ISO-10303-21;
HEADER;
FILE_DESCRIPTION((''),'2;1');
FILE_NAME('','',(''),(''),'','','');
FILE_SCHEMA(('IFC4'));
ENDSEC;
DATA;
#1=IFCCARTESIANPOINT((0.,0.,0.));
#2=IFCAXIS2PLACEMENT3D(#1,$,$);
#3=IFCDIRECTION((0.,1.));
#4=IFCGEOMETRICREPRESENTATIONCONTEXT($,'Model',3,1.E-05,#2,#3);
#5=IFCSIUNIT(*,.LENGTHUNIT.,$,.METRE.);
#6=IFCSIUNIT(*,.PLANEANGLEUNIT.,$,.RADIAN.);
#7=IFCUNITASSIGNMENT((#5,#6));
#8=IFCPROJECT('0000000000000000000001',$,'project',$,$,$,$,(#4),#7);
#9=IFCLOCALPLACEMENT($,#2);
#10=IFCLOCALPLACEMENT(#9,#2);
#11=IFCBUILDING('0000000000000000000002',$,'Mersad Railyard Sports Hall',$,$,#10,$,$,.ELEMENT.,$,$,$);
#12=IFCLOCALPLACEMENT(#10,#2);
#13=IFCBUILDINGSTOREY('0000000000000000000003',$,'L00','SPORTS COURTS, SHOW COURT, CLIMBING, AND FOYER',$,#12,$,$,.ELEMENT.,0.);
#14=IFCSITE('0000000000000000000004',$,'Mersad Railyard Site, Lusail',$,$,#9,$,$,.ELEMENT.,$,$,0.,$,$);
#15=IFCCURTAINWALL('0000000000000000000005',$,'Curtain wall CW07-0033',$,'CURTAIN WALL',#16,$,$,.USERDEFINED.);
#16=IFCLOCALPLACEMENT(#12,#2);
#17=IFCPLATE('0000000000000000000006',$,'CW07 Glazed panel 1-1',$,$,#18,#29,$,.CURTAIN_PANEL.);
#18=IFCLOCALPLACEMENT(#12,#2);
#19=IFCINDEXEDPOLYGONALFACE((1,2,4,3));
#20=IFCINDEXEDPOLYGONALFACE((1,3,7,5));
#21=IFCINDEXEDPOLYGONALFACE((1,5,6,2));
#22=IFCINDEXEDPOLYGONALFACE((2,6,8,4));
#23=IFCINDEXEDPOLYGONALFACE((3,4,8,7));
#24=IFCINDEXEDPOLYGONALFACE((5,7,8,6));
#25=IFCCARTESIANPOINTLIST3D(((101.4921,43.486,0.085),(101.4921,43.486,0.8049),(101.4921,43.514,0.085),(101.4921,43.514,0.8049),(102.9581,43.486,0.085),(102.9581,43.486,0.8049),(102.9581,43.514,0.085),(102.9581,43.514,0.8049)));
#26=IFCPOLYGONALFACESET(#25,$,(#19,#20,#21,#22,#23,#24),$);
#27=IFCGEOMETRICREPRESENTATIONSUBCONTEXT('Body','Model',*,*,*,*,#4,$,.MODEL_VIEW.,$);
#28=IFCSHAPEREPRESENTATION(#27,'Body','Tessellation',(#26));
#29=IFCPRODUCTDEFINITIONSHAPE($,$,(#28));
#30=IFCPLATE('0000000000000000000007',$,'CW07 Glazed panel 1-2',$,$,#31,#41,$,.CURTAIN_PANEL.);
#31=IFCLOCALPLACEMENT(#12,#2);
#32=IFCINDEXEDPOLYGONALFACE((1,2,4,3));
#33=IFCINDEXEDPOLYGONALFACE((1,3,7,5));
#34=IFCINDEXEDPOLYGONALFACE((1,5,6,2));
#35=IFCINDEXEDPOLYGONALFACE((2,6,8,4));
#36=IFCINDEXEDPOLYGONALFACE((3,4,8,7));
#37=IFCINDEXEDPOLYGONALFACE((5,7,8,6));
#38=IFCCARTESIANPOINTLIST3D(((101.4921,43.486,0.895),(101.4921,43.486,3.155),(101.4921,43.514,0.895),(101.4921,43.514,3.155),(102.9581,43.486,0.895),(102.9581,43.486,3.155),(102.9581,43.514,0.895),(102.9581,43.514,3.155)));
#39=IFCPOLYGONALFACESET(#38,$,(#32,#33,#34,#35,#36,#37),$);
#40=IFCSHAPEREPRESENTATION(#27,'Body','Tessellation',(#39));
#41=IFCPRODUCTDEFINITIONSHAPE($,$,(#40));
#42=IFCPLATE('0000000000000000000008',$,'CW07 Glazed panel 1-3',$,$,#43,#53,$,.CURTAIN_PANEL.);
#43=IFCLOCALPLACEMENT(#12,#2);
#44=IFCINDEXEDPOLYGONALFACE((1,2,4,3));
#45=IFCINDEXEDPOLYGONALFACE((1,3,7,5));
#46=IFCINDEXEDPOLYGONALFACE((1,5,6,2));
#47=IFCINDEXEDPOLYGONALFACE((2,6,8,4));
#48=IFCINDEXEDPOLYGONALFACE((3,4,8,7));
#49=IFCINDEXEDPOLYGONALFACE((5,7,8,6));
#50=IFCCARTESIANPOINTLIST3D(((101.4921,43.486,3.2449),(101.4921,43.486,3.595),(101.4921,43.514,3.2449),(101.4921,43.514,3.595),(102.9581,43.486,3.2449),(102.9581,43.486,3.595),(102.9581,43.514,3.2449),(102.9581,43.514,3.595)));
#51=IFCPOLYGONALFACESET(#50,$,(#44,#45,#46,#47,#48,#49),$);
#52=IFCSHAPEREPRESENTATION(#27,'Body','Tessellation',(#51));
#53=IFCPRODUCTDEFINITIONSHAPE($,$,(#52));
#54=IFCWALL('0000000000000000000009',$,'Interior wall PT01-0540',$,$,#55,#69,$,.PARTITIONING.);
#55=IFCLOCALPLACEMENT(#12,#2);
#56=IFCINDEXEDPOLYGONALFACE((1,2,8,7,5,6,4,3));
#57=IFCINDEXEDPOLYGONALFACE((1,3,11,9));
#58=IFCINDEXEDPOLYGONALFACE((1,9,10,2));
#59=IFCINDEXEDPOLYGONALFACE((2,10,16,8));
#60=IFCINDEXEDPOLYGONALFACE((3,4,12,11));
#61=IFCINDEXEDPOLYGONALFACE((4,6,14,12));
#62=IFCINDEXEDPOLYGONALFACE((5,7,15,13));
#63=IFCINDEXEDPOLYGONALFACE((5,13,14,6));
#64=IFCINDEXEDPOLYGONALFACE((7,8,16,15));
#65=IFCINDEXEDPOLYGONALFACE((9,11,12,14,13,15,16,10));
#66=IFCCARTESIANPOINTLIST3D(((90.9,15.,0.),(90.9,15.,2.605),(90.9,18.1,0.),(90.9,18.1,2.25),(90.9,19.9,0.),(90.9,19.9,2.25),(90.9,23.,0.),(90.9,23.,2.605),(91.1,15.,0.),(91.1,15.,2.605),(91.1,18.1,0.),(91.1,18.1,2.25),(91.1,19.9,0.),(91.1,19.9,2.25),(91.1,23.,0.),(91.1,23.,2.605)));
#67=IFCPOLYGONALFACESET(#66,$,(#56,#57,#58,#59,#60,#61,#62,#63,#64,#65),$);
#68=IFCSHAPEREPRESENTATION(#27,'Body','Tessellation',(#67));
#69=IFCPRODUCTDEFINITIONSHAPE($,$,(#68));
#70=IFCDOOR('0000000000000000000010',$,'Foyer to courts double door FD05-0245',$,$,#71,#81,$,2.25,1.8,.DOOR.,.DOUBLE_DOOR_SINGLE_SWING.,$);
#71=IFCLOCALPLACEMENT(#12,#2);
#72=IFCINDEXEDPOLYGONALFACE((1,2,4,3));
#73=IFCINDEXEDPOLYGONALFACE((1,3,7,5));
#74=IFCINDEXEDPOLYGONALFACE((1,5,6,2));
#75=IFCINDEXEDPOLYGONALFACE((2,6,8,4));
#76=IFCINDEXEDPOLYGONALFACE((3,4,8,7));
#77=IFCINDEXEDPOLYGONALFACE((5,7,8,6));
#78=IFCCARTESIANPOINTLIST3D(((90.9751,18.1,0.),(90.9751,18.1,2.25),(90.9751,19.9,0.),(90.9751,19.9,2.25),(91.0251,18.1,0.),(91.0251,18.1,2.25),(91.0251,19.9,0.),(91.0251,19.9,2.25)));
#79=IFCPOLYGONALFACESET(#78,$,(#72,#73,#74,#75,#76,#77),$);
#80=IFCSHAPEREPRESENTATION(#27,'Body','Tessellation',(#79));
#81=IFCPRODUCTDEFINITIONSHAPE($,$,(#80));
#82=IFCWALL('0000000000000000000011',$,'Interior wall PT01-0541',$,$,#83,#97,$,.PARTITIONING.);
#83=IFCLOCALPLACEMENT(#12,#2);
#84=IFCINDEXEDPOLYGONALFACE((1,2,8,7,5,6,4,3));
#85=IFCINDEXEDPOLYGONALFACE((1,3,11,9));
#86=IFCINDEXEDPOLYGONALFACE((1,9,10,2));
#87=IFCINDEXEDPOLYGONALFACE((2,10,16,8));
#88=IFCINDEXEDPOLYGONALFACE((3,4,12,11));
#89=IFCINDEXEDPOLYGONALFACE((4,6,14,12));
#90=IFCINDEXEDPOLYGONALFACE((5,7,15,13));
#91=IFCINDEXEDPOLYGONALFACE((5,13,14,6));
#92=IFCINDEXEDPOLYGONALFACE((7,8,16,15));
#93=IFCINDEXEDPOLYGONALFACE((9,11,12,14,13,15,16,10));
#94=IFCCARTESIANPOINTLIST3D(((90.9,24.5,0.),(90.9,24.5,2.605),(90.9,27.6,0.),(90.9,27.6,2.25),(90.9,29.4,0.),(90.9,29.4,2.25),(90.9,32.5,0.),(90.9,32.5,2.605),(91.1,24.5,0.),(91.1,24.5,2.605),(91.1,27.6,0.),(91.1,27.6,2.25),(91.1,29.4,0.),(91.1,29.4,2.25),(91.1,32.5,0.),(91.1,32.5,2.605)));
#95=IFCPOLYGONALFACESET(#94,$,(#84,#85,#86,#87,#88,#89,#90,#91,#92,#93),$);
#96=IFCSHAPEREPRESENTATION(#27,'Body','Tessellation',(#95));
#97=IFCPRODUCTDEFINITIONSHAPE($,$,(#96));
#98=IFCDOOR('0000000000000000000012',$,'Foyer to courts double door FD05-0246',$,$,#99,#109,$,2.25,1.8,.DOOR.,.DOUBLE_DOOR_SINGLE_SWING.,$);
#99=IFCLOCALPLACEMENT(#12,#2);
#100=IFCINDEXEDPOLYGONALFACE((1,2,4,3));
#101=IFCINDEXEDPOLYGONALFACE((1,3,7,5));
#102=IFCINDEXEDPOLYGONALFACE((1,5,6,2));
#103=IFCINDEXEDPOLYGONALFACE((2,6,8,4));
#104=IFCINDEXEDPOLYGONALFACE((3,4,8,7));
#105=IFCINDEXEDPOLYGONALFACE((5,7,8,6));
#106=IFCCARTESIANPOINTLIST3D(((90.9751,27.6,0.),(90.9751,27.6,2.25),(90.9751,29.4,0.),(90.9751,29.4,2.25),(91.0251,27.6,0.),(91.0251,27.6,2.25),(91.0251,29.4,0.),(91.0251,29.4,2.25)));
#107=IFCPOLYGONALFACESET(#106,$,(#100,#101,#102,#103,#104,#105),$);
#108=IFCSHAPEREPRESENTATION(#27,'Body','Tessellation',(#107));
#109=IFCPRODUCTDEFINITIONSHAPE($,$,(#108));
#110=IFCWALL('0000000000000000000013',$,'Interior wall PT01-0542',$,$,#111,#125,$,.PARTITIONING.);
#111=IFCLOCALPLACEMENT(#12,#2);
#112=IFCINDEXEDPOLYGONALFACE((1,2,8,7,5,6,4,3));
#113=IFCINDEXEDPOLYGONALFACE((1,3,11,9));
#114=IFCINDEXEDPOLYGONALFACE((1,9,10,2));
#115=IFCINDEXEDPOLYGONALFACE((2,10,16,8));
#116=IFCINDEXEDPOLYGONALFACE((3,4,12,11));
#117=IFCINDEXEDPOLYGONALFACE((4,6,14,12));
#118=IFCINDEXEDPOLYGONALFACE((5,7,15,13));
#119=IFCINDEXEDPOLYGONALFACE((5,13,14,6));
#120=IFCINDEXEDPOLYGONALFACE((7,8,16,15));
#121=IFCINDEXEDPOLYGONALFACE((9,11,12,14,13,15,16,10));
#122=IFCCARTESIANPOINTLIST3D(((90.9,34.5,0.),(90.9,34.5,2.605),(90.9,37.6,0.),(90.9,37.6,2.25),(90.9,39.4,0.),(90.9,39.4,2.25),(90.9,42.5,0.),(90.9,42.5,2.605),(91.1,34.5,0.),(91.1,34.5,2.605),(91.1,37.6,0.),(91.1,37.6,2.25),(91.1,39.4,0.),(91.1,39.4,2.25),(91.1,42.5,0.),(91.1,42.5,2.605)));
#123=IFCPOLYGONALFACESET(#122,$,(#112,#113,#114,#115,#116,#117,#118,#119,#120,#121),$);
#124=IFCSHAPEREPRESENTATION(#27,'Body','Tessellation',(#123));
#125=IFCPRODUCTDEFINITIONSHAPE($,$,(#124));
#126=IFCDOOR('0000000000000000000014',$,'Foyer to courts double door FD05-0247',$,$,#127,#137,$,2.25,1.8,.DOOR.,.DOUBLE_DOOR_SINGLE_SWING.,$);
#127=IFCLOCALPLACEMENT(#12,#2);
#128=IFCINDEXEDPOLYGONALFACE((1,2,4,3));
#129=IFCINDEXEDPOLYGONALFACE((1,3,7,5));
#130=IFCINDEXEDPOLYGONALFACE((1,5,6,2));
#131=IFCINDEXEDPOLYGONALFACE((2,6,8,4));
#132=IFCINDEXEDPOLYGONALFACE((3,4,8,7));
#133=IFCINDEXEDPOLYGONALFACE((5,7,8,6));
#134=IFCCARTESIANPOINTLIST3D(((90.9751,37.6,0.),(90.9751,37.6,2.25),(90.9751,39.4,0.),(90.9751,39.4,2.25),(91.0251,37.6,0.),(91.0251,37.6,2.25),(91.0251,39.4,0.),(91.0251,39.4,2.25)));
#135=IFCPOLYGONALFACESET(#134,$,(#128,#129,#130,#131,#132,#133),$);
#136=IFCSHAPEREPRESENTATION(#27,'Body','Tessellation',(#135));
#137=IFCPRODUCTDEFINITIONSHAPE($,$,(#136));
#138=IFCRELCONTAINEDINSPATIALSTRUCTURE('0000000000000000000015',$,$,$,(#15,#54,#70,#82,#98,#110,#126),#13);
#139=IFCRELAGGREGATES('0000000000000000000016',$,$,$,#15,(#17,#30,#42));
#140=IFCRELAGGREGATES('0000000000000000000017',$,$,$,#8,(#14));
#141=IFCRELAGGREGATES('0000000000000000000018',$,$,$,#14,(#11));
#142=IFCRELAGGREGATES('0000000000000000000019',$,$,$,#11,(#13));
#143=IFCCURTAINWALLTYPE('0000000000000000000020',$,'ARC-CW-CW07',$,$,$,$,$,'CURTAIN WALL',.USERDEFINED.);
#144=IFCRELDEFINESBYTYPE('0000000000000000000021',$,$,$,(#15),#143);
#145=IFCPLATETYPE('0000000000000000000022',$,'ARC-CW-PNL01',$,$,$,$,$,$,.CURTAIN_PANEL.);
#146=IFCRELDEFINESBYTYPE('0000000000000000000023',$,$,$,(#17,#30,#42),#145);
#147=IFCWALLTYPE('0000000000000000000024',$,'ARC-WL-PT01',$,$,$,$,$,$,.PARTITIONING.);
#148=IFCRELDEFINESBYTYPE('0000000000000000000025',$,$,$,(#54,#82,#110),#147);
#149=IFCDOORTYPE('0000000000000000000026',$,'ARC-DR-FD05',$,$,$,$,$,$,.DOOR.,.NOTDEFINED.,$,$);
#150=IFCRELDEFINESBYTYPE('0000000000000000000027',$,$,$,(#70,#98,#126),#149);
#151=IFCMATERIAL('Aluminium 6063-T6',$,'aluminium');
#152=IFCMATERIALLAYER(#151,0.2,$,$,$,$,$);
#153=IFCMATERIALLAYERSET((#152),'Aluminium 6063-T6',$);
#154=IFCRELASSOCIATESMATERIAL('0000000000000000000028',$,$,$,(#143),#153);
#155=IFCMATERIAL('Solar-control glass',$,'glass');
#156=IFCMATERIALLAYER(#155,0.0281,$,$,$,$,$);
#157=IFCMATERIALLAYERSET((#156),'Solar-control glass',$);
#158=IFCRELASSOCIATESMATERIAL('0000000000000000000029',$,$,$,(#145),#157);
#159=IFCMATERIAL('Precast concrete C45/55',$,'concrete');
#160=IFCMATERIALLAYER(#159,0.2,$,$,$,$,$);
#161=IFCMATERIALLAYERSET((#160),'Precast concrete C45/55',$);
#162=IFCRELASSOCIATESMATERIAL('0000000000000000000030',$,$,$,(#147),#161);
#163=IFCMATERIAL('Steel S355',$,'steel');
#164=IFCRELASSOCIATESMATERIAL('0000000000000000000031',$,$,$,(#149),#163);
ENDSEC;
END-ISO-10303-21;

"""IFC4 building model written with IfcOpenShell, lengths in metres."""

from ifc_helpers import new_model, si_unit, direction, frame, frame_2d, origin, origin_2d, place, context, subcontext, project, spatial, rectangle, extrude, material, layer, layer_set, type_object, element, fill, aggregate, save


model = new_model("IFC4")

# Units and contexts
model_context = context("Model", 3, precision=1e-05, world=origin(), true_north=direction((0.0, 1.0)))
body_context = subcontext(model_context, "Body", "Model", "MODEL_VIEW")
ifc_project = project(units=[si_unit("LENGTHUNIT", "METRE"), si_unit("PLANEANGLEUNIT", "RADIAN")], contexts=[model_context])

# Site, building, storey
site_placement = place(None, origin())
site = spatial("IfcSite", under=ifc_project, at=site_placement, Name="Mersad Railyard Site, Lusail", CompositionType="ELEMENT", RefElevation=0.0)
building_placement = place(site_placement, origin())
building = spatial("IfcBuilding", under=site, at=building_placement, Name="Mersad Railyard Sports Hall", CompositionType="ELEMENT")
storey_placement = place(building_placement, origin())
storey = spatial("IfcBuildingStorey", under=building, at=storey_placement, Name="L00", Description="SPORTS COURTS, SHOW COURT, CLIMBING, AND FOYER", CompositionType="ELEMENT", Elevation=0.0)

# Curtain wall
ifc_material_1 = material(Name="Aluminium 6063-T6", Category="aluminium")
ifc_layer_1 = layer(ifc_material_1, 0.2)
ifc_layer_set_1 = layer_set([ifc_layer_1], Name="Aluminium 6063-T6")
curtain_wall_type = type_object("IfcCurtainWallType", Name="ARC-CW-CW07", ElementType="CURTAIN WALL", PredefinedType="USERDEFINED", material=ifc_layer_set_1)
curtain_wall_placement = place(storey_placement, origin())
curtain_wall = element("IfcCurtainWall", 1, at=curtain_wall_placement, inside=storey, type_object=curtain_wall_type, Name="Curtain wall CW07-0033", ObjectType="CURTAIN WALL", PredefinedType="USERDEFINED")

# Plates
ifc_material_2 = material(Name="Solar-control glass", Category="glass")
ifc_layer_2 = layer(ifc_material_2, 0.0281)
ifc_layer_set_2 = layer_set([ifc_layer_2], Name="Solar-control glass")
plate_type = type_object("IfcPlateType", Name="ARC-CW-PNL01", PredefinedType="CURTAIN_PANEL", material=ifc_layer_set_2)
plate_1_placement = place(storey_placement, frame((102.2251, 43.5, 0.085), z_axis=(0.0, 0.0, 1.0), x_axis=(1.0, 0.0, 0.0)))
plate_1 = element("IfcPlate", 2, at=plate_1_placement, type_object=plate_type, Name="CW07 Glazed panel 1-1", PredefinedType="CURTAIN_PANEL", context=body_context, shape_type="SweptSolid", body=[
    extrude(rectangle(XDim=1.4661, YDim=0.0281, at=origin_2d()), origin(), (0.0, 0.0, 1.0), 0.72),
])
plate_2_placement = place(storey_placement, frame((102.2251, 43.5, 0.895), z_axis=(0.0, 0.0, 1.0), x_axis=(1.0, 0.0, 0.0)))
plate_2 = element("IfcPlate", 3, at=plate_2_placement, type_object=plate_type, Name="CW07 Glazed panel 1-2", PredefinedType="CURTAIN_PANEL", context=body_context, shape_type="SweptSolid", body=[
    extrude(rectangle(XDim=1.4661, YDim=0.0281, at=origin_2d()), origin(), (0.0, 0.0, 1.0), 2.26),
])
plate_3_placement = place(storey_placement, frame((102.2251, 43.5, 3.2449), z_axis=(0.0, 0.0, 1.0), x_axis=(1.0, 0.0, 0.0)))
plate_3 = element("IfcPlate", 4, at=plate_3_placement, type_object=plate_type, Name="CW07 Glazed panel 1-3", PredefinedType="CURTAIN_PANEL", context=body_context, shape_type="SweptSolid", body=[
    extrude(rectangle(XDim=1.4661, YDim=0.0281, at=origin_2d()), origin(), (0.0, 0.0, 1.0), 0.3501),
])
aggregate(curtain_wall, [plate_1, plate_2, plate_3])

# Walls, openings, doors
ifc_material_3 = material(Name="Precast concrete C45/55", Category="concrete")
ifc_layer_3 = layer(ifc_material_3, 0.2)
ifc_layer_set_3 = layer_set([ifc_layer_3], Name="Precast concrete C45/55")
wall_type_1 = type_object("IfcWallType", Name="ARC-WL-PT01", PredefinedType="PARTITIONING", material=ifc_layer_set_3)
wall_1_placement = place(storey_placement, frame((91.0, 15.0, 0.0), z_axis=(0.0, 0.0, 1.0), x_axis=(0.0, 1.0, 0.0)))
wall_1 = element("IfcWall", 5, at=wall_1_placement, inside=storey, type_object=wall_type_1, Name="Interior wall PT01-0540", PredefinedType="PARTITIONING", context=body_context, shape_type="SweptSolid", body=[
    extrude(rectangle(XDim=8.0, YDim=0.2, at=frame_2d((4.0, 0.0))), origin(), (0.0, 0.0, 1.0), 2.605),
])
opening_1_placement = place(wall_1_placement, frame((3.1001, 0.0, 0.0)))
opening_1 = element("IfcOpeningElement", 6, at=opening_1_placement, cuts=wall_1, PredefinedType="OPENING", context=body_context, shape_type="SweptSolid", body=[
    extrude(rectangle(XDim=1.8, YDim=2.25, at=frame_2d((0.8999, 1.125))), frame((0.0, 0.1099, 0.0), z_axis=(0.0, -1.0, 0.0), x_axis=(1.0, 0.0, 0.0)), (0.0, 0.0, 1.0), 0.22),
])
ifc_material_4 = material(Name="Steel S355", Category="steel")
door_type_1 = type_object("IfcDoorType", Name="ARC-DR-FD05", OperationType="NOTDEFINED", PredefinedType="DOOR", material=ifc_material_4)
door_1_placement = place(opening_1_placement, origin())
door_1 = element("IfcDoor", 7, at=door_1_placement, inside=storey, type_object=door_type_1, Name="Foyer to courts double door FD05-0245", OperationType="DOUBLE_DOOR_SINGLE_SWING", OverallHeight=2.25, OverallWidth=1.8, PredefinedType="DOOR", context=body_context, shape_type="SweptSolid", body=[
    extrude(rectangle(XDim=1.8, YDim=2.25, at=frame_2d((0.8999, 1.125))), frame((0.0, 0.0249, 0.0), z_axis=(0.0, -1.0, 0.0), x_axis=(1.0, 0.0, 0.0)), (0.0, 0.0, 1.0), 0.05),
])
fill(opening_1, door_1)
wall_2_placement = place(storey_placement, frame((91.0, 24.5, 0.0), z_axis=(0.0, 0.0, 1.0), x_axis=(0.0, 1.0, 0.0)))
wall_2 = element("IfcWall", 8, at=wall_2_placement, inside=storey, type_object=wall_type_1, Name="Interior wall PT01-0541", PredefinedType="PARTITIONING", context=body_context, shape_type="SweptSolid", body=[
    extrude(rectangle(XDim=8.0, YDim=0.2, at=frame_2d((4.0, 0.0))), origin(), (0.0, 0.0, 1.0), 2.605),
])
opening_2_placement = place(wall_2_placement, frame((3.1001, 0.0, 0.0)))
opening_2 = element("IfcOpeningElement", 9, at=opening_2_placement, cuts=wall_2, PredefinedType="OPENING", context=body_context, shape_type="SweptSolid", body=[
    extrude(rectangle(XDim=1.8, YDim=2.25, at=frame_2d((0.8999, 1.125))), frame((0.0, 0.1099, 0.0), z_axis=(0.0, -1.0, 0.0), x_axis=(1.0, 0.0, 0.0)), (0.0, 0.0, 1.0), 0.22),
])
door_2_placement = place(opening_2_placement, origin())
door_2 = element("IfcDoor", 10, at=door_2_placement, inside=storey, type_object=door_type_1, Name="Foyer to courts double door FD05-0246", OperationType="DOUBLE_DOOR_SINGLE_SWING", OverallHeight=2.25, OverallWidth=1.8, PredefinedType="DOOR", context=body_context, shape_type="SweptSolid", body=[
    extrude(rectangle(XDim=1.8, YDim=2.25, at=frame_2d((0.8999, 1.125))), frame((0.0, 0.0249, 0.0), z_axis=(0.0, -1.0, 0.0), x_axis=(1.0, 0.0, 0.0)), (0.0, 0.0, 1.0), 0.05),
])
fill(opening_2, door_2)
wall_3_placement = place(storey_placement, frame((91.0, 34.5, 0.0), z_axis=(0.0, 0.0, 1.0), x_axis=(0.0, 1.0, 0.0)))
wall_3 = element("IfcWall", 11, at=wall_3_placement, inside=storey, type_object=wall_type_1, Name="Interior wall PT01-0542", PredefinedType="PARTITIONING", context=body_context, shape_type="SweptSolid", body=[
    extrude(rectangle(XDim=8.0, YDim=0.2, at=frame_2d((4.0, 0.0))), origin(), (0.0, 0.0, 1.0), 2.605),
])
opening_3_placement = place(wall_3_placement, frame((3.1001, 0.0, 0.0)))
opening_3 = element("IfcOpeningElement", 12, at=opening_3_placement, cuts=wall_3, PredefinedType="OPENING", context=body_context, shape_type="SweptSolid", body=[
    extrude(rectangle(XDim=1.8, YDim=2.25, at=frame_2d((0.8999, 1.125))), frame((0.0, 0.1099, 0.0), z_axis=(0.0, -1.0, 0.0), x_axis=(1.0, 0.0, 0.0)), (0.0, 0.0, 1.0), 0.22),
])
door_3_placement = place(opening_3_placement, origin())
door_3 = element("IfcDoor", 13, at=door_3_placement, inside=storey, type_object=door_type_1, Name="Foyer to courts double door FD05-0247", OperationType="DOUBLE_DOOR_SINGLE_SWING", OverallHeight=2.25, OverallWidth=1.8, PredefinedType="DOOR", context=body_context, shape_type="SweptSolid", body=[
    extrude(rectangle(XDim=1.8, YDim=2.25, at=frame_2d((0.8999, 1.125))), frame((0.0, 0.0249, 0.0), z_axis=(0.0, -1.0, 0.0), x_axis=(1.0, 0.0, 0.0)), (0.0, 0.0, 1.0), 0.05),
])
fill(opening_3, door_3)

save(model, "model.ifc")
